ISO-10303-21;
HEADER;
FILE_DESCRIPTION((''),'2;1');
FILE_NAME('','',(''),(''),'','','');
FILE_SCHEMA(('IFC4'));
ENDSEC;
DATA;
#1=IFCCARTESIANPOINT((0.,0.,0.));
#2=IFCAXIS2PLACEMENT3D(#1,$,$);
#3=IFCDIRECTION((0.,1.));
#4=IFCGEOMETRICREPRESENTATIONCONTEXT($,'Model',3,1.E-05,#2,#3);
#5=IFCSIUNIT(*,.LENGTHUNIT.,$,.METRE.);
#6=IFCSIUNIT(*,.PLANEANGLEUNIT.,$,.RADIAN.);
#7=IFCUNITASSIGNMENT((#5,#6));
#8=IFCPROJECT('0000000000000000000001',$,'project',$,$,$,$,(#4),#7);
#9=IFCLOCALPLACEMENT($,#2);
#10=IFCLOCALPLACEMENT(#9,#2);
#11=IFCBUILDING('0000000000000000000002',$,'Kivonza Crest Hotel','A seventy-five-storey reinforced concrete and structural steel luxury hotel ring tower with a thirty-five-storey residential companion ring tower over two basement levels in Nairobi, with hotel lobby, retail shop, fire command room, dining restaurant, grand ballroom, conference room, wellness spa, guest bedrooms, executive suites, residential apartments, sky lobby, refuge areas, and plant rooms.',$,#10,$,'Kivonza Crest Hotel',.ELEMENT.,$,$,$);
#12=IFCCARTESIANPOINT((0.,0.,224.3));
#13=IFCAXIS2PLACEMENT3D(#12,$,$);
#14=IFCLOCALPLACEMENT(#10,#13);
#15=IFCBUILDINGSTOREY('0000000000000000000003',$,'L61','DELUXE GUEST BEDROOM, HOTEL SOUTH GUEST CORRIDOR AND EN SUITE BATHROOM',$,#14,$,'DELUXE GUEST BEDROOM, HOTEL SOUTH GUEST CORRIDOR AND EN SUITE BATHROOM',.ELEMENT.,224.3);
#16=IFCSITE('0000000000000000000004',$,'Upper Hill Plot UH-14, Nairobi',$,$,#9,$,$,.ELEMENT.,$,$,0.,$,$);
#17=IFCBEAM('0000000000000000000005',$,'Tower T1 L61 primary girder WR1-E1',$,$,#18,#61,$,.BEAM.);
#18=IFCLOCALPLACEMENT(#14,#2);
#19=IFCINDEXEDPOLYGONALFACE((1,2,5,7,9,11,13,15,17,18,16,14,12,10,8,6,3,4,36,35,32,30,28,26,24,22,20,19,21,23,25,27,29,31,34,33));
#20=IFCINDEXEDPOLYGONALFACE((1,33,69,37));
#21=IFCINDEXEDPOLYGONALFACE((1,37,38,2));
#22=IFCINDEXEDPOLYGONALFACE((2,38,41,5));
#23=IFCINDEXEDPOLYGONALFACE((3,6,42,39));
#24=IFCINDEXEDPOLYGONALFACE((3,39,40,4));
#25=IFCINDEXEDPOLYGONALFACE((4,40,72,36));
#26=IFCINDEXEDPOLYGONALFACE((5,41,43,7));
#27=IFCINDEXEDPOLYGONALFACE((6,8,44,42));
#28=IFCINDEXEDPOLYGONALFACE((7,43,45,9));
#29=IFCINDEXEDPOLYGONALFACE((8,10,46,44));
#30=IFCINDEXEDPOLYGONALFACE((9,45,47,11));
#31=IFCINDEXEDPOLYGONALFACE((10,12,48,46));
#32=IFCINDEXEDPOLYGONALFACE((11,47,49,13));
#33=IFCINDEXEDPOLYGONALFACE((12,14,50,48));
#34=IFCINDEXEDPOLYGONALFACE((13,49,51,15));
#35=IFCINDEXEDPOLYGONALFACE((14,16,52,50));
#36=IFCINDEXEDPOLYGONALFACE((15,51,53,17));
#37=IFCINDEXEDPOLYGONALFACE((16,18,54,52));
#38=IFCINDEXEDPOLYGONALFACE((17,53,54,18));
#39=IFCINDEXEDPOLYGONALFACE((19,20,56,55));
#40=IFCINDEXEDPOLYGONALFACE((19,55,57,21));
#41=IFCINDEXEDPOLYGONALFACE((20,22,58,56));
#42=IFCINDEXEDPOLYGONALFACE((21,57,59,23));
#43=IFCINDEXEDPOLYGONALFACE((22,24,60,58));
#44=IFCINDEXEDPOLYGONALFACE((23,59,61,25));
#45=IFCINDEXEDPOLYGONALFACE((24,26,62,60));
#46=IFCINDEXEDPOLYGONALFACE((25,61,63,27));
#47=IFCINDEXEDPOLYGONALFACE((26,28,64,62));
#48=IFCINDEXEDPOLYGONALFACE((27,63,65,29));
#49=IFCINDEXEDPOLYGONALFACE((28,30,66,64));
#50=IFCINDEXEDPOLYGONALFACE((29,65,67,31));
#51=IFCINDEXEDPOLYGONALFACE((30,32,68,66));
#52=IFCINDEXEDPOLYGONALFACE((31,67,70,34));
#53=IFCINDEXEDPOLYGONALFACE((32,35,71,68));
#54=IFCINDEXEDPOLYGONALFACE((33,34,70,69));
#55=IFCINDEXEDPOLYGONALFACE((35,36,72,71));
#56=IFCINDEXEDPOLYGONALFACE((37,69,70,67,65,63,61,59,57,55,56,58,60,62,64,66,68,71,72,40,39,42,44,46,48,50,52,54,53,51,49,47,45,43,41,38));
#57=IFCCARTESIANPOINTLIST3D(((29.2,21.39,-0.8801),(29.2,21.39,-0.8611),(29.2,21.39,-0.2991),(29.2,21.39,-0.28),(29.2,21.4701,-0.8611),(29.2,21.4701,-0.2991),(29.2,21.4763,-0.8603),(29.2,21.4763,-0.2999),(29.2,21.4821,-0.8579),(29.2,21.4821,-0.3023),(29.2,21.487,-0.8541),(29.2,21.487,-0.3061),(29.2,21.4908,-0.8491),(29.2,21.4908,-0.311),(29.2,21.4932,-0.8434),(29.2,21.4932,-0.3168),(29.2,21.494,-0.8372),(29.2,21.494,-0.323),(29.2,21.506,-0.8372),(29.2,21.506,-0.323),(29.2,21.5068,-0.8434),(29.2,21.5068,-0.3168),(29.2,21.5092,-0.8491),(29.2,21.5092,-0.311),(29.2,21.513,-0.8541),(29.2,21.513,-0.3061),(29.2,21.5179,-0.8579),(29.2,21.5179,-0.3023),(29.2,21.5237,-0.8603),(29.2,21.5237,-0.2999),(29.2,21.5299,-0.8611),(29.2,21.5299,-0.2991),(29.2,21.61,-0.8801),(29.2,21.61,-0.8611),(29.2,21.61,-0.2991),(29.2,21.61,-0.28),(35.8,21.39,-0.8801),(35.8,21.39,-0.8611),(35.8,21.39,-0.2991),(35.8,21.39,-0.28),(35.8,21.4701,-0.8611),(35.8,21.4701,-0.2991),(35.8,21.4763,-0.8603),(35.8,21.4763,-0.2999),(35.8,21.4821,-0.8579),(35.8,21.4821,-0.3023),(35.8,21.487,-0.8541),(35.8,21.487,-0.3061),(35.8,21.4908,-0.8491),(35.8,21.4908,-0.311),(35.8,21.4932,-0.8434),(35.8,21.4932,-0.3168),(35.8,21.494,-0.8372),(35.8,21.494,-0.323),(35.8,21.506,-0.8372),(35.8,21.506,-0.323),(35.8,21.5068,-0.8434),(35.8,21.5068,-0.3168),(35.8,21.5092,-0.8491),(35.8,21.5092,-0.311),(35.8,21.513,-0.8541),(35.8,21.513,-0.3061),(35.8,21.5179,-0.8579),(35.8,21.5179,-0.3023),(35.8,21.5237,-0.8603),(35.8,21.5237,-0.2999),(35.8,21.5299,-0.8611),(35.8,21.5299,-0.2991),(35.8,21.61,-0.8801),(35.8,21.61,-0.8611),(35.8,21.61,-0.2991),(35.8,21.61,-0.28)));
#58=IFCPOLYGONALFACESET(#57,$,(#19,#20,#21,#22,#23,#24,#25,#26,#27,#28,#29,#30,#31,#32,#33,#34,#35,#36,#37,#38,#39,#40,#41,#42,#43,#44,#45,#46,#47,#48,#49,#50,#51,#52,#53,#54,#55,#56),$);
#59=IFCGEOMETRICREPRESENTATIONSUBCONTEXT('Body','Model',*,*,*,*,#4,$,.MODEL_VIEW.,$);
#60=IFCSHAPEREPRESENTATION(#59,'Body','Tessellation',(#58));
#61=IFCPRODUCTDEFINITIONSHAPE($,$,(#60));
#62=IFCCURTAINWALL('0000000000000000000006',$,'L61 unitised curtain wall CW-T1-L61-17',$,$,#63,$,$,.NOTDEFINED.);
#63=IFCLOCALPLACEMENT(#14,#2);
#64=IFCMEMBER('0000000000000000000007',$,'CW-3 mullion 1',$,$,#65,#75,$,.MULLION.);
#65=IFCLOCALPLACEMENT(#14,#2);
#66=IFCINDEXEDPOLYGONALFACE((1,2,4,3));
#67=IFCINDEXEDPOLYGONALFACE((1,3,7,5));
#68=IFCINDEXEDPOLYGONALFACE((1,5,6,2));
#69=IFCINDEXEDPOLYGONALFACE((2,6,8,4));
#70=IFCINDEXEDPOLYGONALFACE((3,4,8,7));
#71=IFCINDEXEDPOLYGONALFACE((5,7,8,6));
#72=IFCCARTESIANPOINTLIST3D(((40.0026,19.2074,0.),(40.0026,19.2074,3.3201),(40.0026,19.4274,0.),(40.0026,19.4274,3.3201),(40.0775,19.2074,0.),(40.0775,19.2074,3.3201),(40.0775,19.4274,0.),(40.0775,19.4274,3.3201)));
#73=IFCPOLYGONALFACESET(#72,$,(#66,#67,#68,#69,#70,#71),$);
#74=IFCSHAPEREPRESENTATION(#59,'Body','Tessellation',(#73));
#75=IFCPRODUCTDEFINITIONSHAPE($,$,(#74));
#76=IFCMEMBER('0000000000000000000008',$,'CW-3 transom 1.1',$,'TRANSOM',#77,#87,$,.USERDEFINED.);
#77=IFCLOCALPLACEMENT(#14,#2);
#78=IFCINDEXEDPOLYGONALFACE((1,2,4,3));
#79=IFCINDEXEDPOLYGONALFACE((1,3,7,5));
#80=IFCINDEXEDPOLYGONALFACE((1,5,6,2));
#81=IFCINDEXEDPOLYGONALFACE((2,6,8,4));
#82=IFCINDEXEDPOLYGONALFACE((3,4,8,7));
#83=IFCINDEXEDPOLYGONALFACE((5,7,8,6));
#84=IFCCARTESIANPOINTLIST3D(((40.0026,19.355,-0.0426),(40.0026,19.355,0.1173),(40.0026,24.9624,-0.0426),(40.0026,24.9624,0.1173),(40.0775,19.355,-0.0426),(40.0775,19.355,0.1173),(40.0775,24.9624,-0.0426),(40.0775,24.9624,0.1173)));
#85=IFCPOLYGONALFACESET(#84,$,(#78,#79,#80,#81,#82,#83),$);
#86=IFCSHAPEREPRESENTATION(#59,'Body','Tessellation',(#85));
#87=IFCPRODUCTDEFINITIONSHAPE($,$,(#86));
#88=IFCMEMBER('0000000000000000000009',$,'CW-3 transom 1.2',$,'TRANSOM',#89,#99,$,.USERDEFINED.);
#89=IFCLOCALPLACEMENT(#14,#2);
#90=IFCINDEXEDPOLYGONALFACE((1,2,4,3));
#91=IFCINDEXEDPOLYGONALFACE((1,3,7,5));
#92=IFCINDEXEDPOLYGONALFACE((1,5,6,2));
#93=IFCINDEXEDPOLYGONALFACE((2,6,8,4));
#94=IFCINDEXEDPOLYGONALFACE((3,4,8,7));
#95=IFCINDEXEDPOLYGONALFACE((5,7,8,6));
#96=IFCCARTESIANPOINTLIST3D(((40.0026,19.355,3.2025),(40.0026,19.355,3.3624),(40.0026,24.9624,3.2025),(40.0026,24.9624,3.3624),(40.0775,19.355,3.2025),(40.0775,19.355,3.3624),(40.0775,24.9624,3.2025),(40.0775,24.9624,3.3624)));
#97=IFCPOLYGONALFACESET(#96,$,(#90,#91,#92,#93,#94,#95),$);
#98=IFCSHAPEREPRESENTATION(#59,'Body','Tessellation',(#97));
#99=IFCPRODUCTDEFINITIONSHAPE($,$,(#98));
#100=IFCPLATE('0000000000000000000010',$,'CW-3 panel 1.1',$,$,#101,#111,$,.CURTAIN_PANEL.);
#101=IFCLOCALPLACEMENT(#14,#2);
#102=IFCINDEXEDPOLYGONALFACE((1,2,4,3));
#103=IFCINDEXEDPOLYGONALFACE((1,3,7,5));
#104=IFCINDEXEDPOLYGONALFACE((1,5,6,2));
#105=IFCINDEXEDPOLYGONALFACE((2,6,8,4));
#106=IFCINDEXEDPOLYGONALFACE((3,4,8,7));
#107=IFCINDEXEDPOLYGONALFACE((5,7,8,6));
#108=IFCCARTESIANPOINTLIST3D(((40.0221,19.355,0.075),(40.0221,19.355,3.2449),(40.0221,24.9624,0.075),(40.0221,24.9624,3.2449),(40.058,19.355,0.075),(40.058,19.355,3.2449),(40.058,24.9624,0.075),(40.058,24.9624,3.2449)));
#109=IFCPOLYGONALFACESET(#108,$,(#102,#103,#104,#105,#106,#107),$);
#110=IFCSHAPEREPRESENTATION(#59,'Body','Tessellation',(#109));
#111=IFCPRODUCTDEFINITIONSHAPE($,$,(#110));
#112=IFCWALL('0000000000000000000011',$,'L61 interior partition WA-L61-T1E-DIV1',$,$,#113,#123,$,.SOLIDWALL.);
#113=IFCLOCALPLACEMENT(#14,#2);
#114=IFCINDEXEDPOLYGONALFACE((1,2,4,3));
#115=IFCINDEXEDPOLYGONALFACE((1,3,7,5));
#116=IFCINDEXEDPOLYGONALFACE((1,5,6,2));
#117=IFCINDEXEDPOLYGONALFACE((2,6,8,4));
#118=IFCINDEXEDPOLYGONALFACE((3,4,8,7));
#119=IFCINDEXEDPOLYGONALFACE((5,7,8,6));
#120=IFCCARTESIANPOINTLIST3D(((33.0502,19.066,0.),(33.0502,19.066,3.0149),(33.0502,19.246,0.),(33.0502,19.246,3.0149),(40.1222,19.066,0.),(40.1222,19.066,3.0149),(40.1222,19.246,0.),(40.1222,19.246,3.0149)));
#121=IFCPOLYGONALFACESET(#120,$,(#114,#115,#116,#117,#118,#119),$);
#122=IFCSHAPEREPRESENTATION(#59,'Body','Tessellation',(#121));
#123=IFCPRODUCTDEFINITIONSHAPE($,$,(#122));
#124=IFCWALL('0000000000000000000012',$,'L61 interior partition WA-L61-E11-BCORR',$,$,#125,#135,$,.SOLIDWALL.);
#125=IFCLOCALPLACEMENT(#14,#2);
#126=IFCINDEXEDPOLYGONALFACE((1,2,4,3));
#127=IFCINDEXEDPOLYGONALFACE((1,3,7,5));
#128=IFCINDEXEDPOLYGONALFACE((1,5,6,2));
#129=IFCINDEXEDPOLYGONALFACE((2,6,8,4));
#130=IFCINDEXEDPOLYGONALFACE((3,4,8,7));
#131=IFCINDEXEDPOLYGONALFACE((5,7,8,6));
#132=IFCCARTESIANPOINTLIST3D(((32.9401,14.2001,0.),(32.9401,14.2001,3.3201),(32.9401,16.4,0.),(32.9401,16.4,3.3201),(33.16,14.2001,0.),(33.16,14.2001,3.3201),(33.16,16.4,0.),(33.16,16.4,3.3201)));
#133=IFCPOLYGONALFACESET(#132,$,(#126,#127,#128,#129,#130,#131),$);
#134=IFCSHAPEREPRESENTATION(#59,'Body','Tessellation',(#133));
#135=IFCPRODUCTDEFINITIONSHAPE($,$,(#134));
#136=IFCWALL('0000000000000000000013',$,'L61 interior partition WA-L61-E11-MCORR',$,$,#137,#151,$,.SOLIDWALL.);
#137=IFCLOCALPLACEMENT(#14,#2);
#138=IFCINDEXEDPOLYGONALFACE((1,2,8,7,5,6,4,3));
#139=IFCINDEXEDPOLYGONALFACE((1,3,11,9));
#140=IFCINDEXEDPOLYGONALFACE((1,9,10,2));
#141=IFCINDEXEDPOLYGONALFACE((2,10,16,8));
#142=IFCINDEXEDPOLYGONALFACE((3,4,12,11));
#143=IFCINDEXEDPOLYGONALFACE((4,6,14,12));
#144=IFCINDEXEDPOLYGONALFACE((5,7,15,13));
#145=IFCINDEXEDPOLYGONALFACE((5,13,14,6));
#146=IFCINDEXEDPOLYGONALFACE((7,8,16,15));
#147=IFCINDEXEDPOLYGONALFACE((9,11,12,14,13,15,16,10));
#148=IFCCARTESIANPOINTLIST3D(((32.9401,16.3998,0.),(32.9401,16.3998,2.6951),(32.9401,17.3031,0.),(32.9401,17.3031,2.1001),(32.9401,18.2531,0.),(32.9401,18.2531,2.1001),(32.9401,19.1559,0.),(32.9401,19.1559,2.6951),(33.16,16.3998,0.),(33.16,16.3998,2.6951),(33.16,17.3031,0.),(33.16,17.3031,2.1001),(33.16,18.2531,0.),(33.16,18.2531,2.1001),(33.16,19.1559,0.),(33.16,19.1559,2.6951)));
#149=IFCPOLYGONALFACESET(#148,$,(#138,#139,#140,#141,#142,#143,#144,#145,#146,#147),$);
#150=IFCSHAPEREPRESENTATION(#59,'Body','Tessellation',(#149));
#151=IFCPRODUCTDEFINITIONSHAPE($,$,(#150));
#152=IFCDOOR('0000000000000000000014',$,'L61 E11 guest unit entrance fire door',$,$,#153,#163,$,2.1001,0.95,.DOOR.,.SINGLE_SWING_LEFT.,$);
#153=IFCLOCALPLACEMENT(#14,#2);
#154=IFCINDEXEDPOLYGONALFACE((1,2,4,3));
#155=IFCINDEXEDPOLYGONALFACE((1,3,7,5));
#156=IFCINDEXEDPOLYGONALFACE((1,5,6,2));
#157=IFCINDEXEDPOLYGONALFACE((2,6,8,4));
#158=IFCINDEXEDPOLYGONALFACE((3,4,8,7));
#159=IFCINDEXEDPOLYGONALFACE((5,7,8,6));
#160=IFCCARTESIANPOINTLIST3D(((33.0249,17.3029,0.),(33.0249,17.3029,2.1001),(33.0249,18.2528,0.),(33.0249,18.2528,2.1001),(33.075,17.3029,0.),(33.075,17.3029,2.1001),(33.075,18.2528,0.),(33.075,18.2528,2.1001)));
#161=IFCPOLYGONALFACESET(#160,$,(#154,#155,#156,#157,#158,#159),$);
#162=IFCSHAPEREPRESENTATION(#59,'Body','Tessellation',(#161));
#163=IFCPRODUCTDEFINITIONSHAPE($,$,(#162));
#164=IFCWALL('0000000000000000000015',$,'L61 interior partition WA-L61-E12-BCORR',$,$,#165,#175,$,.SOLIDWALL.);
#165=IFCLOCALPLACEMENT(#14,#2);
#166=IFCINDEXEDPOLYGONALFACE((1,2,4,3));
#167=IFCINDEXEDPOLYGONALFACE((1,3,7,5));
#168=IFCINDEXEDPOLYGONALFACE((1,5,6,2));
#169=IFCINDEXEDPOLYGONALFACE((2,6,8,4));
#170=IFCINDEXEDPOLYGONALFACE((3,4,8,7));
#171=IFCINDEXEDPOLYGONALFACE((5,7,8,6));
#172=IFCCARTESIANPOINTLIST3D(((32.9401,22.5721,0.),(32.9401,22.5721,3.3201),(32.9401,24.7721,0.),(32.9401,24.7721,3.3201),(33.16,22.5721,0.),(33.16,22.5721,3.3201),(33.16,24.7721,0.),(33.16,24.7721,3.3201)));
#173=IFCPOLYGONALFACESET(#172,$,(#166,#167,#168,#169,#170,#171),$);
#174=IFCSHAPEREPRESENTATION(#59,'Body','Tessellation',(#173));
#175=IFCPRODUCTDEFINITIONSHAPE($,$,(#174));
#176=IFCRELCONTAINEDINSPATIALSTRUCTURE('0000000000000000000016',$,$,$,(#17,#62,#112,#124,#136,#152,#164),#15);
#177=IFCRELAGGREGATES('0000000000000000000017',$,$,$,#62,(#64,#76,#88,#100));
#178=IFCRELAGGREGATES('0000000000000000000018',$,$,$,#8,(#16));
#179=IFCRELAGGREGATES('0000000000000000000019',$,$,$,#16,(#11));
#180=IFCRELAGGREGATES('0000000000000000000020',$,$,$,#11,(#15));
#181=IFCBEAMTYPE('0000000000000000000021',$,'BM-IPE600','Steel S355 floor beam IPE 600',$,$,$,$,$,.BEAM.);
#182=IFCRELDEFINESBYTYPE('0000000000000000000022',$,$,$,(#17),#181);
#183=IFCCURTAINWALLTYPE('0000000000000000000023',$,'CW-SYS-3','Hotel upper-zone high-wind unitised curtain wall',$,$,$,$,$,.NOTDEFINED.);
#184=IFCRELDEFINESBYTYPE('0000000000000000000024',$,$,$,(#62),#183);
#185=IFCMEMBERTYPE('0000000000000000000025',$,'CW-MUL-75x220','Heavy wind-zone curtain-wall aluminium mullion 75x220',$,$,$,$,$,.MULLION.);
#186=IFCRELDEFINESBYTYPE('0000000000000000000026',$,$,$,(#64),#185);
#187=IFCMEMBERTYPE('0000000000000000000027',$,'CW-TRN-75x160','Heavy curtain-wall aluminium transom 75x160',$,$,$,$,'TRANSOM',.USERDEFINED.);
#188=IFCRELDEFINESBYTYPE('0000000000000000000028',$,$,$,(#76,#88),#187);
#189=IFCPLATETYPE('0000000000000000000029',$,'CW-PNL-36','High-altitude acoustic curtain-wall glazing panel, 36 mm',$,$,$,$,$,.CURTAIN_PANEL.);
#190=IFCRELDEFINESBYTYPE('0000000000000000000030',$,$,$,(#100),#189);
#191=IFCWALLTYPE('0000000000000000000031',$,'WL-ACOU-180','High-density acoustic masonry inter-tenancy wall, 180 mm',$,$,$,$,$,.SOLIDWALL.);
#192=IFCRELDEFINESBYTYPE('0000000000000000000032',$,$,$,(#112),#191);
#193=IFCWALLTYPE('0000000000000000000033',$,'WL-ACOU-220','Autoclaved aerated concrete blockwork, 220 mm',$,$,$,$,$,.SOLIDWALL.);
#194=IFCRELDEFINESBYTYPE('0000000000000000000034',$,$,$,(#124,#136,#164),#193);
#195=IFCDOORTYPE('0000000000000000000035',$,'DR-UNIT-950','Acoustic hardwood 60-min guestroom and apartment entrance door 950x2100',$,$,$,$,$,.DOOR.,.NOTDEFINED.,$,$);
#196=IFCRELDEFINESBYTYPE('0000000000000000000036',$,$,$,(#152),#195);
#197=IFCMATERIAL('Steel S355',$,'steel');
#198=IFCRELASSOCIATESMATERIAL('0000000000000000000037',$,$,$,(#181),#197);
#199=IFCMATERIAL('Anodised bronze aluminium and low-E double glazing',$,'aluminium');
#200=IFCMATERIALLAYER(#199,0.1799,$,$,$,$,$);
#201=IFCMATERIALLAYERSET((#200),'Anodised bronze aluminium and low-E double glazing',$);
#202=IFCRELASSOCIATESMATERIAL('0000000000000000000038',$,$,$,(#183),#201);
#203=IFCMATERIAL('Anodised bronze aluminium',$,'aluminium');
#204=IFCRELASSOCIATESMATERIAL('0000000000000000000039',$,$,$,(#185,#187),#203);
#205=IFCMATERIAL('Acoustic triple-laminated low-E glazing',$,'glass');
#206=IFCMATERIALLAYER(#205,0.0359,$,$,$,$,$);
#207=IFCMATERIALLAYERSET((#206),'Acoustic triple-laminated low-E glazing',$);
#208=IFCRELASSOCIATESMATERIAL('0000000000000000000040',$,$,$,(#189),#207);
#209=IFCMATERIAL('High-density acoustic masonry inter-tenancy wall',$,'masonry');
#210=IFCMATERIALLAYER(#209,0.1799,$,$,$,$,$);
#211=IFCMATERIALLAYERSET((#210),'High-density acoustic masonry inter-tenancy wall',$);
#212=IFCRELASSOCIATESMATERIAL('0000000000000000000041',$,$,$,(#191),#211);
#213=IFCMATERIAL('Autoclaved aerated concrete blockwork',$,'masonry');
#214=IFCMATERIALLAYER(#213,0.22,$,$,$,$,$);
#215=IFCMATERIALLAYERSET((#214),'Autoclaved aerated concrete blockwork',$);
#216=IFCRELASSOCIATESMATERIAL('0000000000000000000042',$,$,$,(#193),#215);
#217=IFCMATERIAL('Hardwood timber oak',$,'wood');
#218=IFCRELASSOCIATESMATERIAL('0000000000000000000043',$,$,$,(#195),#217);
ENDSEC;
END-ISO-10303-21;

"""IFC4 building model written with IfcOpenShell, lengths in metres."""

from ifc_helpers import new_model, si_unit, direction, frame, frame_2d, origin, origin_2d, place, context, subcontext, project, spatial, rectangle, i_section, extrude, material, layer, layer_set, material_profile, profile_set, type_object, element, fill, aggregate, save


model = new_model("IFC4")

# Units and contexts
model_context = context("Model", 3, precision=1e-05, world=origin(), true_north=direction((0.0, 1.0)))
body_context = subcontext(model_context, "Body", "Model", "MODEL_VIEW")
ifc_project = project(units=[si_unit("LENGTHUNIT", "METRE"), si_unit("PLANEANGLEUNIT", "RADIAN")], contexts=[model_context])

# Site, building, storey
site_placement = place(None, origin())
site = spatial("IfcSite", under=ifc_project, at=site_placement, Name="Upper Hill Plot UH-14, Nairobi", CompositionType="ELEMENT", RefElevation=0.0)
building_placement = place(site_placement, origin())
building = spatial("IfcBuilding", under=site, at=building_placement, Name="Kivonza Crest Hotel", Description="A seventy-five-storey reinforced concrete and structural steel luxury hotel ring tower with a thirty-five-storey residential companion ring tower over two basement levels in Nairobi, with hotel lobby, retail shop, fire command room, dining restaurant, grand ballroom, conference room, wellness spa, guest bedrooms, executive suites, residential apartments, sky lobby, refuge areas, and plant rooms.", LongName="Kivonza Crest Hotel", CompositionType="ELEMENT")
storey_placement = place(building_placement, frame((0.0, 0.0, 224.3)))
storey = spatial("IfcBuildingStorey", under=building, at=storey_placement, Name="L61", Description="DELUXE GUEST BEDROOM, HOTEL SOUTH GUEST CORRIDOR AND EN SUITE BATHROOM", LongName="DELUXE GUEST BEDROOM, HOTEL SOUTH GUEST CORRIDOR AND EN SUITE BATHROOM", CompositionType="ELEMENT", Elevation=224.3)

# Beam
ifc_material_1 = material(Name="Steel S355", Category="steel")
ifc_material_profile_1 = material_profile(ifc_material_1, i_section(OverallWidth=0.22, OverallDepth=0.6001, WebThickness=0.012, FlangeThickness=0.019, FilletRadius=0.0239, at=origin_2d()), Name="IPE 600")
ifc_profile_set_1 = profile_set([ifc_material_profile_1], Name="Steel S355")
beam_type_1 = type_object("IfcBeamType", Name="BM-IPE600", Description="Steel S355 floor beam IPE 600", PredefinedType="BEAM", material=ifc_profile_set_1)
beam_1_placement = place(storey_placement, frame((29.2, 21.5, -0.5801), z_axis=(1.0, 0.0, 0.0), x_axis=(0.0, 1.0, 0.0)))
element("IfcBeam", 1, at=beam_1_placement, inside=storey, type_object=beam_type_1, Name="Tower T1 L61 primary girder WR1-E1", PredefinedType="BEAM", context=body_context, shape_type="SweptSolid", body=[
    extrude(i_section(OverallWidth=0.22, OverallDepth=0.6001, WebThickness=0.012, FlangeThickness=0.019, FilletRadius=0.0239, at=origin_2d()), origin(), (0.0, 0.0, 1.0), 6.6001),
])

# Curtain wall, members, plate
ifc_material_2 = material(Name="Anodised bronze aluminium and low-E double glazing", Category="aluminium")
ifc_layer_1 = layer(ifc_material_2, 0.1799)
ifc_layer_set_1 = layer_set([ifc_layer_1], Name="Anodised bronze aluminium and low-E double glazing")
curtain_wall_type = type_object("IfcCurtainWallType", Name="CW-SYS-3", Description="Hotel upper-zone high-wind unitised curtain wall", PredefinedType="NOTDEFINED", material=ifc_layer_set_1)
curtain_wall_placement = place(storey_placement, origin())
curtain_wall = element("IfcCurtainWall", 2, at=curtain_wall_placement, inside=storey, type_object=curtain_wall_type, Name="L61 unitised curtain wall CW-T1-L61-17", PredefinedType="NOTDEFINED")
ifc_material_3 = material(Name="Anodised bronze aluminium", Category="aluminium")
ifc_material_profile_2 = material_profile(ifc_material_3, rectangle(XDim=0.075, YDim=0.22, at=origin_2d()), Name="CW-M 75x220")
ifc_profile_set_2 = profile_set([ifc_material_profile_2], Name="Anodised bronze aluminium")
member_type_1 = type_object("IfcMemberType", Name="CW-MUL-75x220", Description="Heavy wind-zone curtain-wall aluminium mullion 75x220", PredefinedType="MULLION", material=ifc_profile_set_2)
member_1_placement = place(storey_placement, frame((40.04, 19.3174, 0.0), z_axis=(0.0, 0.0, 1.0), x_axis=(-1.0, 0.0, 0.0)))
member_1 = element("IfcMember", 3, at=member_1_placement, type_object=member_type_1, Name="CW-3 mullion 1", PredefinedType="MULLION", context=body_context, shape_type="SweptSolid", body=[
    extrude(rectangle(XDim=0.075, YDim=0.22, at=origin_2d()), origin(), (0.0, 0.0, 1.0), 3.3201),
])
ifc_material_profile_3 = material_profile(ifc_material_3, rectangle(XDim=0.075, YDim=0.1599, at=origin_2d()), Name="CW-T 75x160")
ifc_profile_set_3 = profile_set([ifc_material_profile_3], Name="Anodised bronze aluminium")
member_type_2 = type_object("IfcMemberType", Name="CW-TRN-75x160", Description="Heavy curtain-wall aluminium transom 75x160", ElementType="TRANSOM", PredefinedType="USERDEFINED", material=ifc_profile_set_3)
member_2_placement = place(storey_placement, frame((40.04, 19.355, 0.0374), z_axis=(0.0, 1.0, 0.0), x_axis=(-1.0, 0.0, 0.0)))
member_2 = element("IfcMember", 4, at=member_2_placement, type_object=member_type_2, Name="CW-3 transom 1.1", ObjectType="TRANSOM", PredefinedType="USERDEFINED", context=body_context, shape_type="SweptSolid", body=[
    extrude(rectangle(XDim=0.075, YDim=0.1599, at=origin_2d()), origin(), (0.0, 0.0, 1.0), 5.6074),
])
member_3_placement = place(storey_placement, frame((40.04, 19.355, 3.2825), z_axis=(0.0, 1.0, 0.0), x_axis=(-1.0, 0.0, 0.0)))
member_3 = element("IfcMember", 5, at=member_3_placement, type_object=member_type_2, Name="CW-3 transom 1.2", ObjectType="TRANSOM", PredefinedType="USERDEFINED", context=body_context, shape_type="SweptSolid", body=[
    extrude(rectangle(XDim=0.075, YDim=0.1599, at=origin_2d()), origin(), (0.0, 0.0, 1.0), 5.6074),
])
ifc_material_4 = material(Name="Acoustic triple-laminated low-E glazing", Category="glass")
ifc_layer_2 = layer(ifc_material_4, 0.0359)
ifc_layer_set_2 = layer_set([ifc_layer_2], Name="Acoustic triple-laminated low-E glazing")
plate_type = type_object("IfcPlateType", Name="CW-PNL-36", Description="High-altitude acoustic curtain-wall glazing panel, 36 mm", PredefinedType="CURTAIN_PANEL", material=ifc_layer_set_2)
plate_placement = place(storey_placement, frame((40.04, 22.1587, 0.075), z_axis=(0.0, 0.0, 1.0), x_axis=(0.0, 1.0, 0.0)))
plate = element("IfcPlate", 6, at=plate_placement, type_object=plate_type, Name="CW-3 panel 1.1", PredefinedType="CURTAIN_PANEL", context=body_context, shape_type="SweptSolid", body=[
    extrude(rectangle(XDim=5.6074, YDim=0.0359, at=origin_2d()), origin(), (0.0, 0.0, 1.0), 3.1699),
])
aggregate(curtain_wall, [member_1, member_2, member_3, plate])

# Walls
ifc_material_5 = material(Name="High-density acoustic masonry inter-tenancy wall", Category="masonry")
ifc_layer_3 = layer(ifc_material_5, 0.1799)
ifc_layer_set_3 = layer_set([ifc_layer_3], Name="High-density acoustic masonry inter-tenancy wall")
wall_type_1 = type_object("IfcWallType", Name="WL-ACOU-180", Description="High-density acoustic masonry inter-tenancy wall, 180 mm", PredefinedType="SOLIDWALL", material=ifc_layer_set_3)
wall_1_placement = place(storey_placement, frame((33.05, 19.156, 0.0), z_axis=(0.0, 0.0, 1.0), x_axis=(1.0, 0.0, 0.0)))
element("IfcWall", 7, at=wall_1_placement, inside=storey, type_object=wall_type_1, Name="L61 interior partition WA-L61-T1E-DIV1", PredefinedType="SOLIDWALL", context=body_context, shape_type="SweptSolid", body=[
    extrude(rectangle(XDim=7.072, YDim=0.1799, at=frame_2d((3.5361, 0.0))), origin(), (0.0, 0.0, 1.0), 3.0149),
])
ifc_material_6 = material(Name="Autoclaved aerated concrete blockwork", Category="masonry")
ifc_layer_4 = layer(ifc_material_6, 0.22)
ifc_layer_set_4 = layer_set([ifc_layer_4], Name="Autoclaved aerated concrete blockwork")
wall_type_2 = type_object("IfcWallType", Name="WL-ACOU-220", Description="Autoclaved aerated concrete blockwork, 220 mm", PredefinedType="SOLIDWALL", material=ifc_layer_set_4)
wall_2_placement = place(storey_placement, frame((33.05, 14.2, 0.0), z_axis=(0.0, 0.0, 1.0), x_axis=(0.0, 1.0, 0.0)))
element("IfcWall", 8, at=wall_2_placement, inside=storey, type_object=wall_type_2, Name="L61 interior partition WA-L61-E11-BCORR", PredefinedType="SOLIDWALL", context=body_context, shape_type="SweptSolid", body=[
    extrude(rectangle(XDim=2.2, YDim=0.22, at=frame_2d((1.1001, 0.0))), origin(), (0.0, 0.0, 1.0), 3.3201),
])

# Wall, opening, door
wall_3_placement = place(storey_placement, frame((33.05, 16.3999, 0.0), z_axis=(0.0, 0.0, 1.0), x_axis=(0.0, 1.0, 0.0)))
wall_3 = element("IfcWall", 9, at=wall_3_placement, inside=storey, type_object=wall_type_2, Name="L61 interior partition WA-L61-E11-MCORR", PredefinedType="SOLIDWALL", context=body_context, shape_type="SweptSolid", body=[
    extrude(rectangle(XDim=2.7561, YDim=0.22, at=frame_2d((1.3779, 0.0))), origin(), (0.0, 0.0, 1.0), 2.6951),
])
opening_1_placement = place(wall_3_placement, frame((0.9031, 0.0, 0.0)))
opening_1 = element("IfcOpeningElement", 10, at=opening_1_placement, cuts=wall_3, PredefinedType="OPENING", context=body_context, shape_type="SweptSolid", body=[
    extrude(rectangle(XDim=0.95, YDim=2.1001, at=frame_2d((0.4751, 1.05))), frame((0.0, 0.1201, 0.0), z_axis=(0.0, -1.0, 0.0), x_axis=(1.0, 0.0, 0.0)), (0.0, 0.0, 1.0), 0.24),
])
ifc_material_7 = material(Name="Hardwood timber oak", Category="wood")
door_type_1 = type_object("IfcDoorType", Name="DR-UNIT-950", Description="Acoustic hardwood 60-min guestroom and apartment entrance door 950x2100", OperationType="NOTDEFINED", PredefinedType="DOOR", material=ifc_material_7)
door_1_placement = place(opening_1_placement, frame((0.95, 0.0, 0.0), z_axis=(0.0, 0.0, 1.0), x_axis=(-1.0, 0.0, 0.0)))
door_1 = element("IfcDoor", 11, at=door_1_placement, inside=storey, type_object=door_type_1, Name="L61 E11 guest unit entrance fire door", OperationType="SINGLE_SWING_LEFT", OverallHeight=2.1001, OverallWidth=0.95, PredefinedType="DOOR", context=body_context, shape_type="SweptSolid", body=[
    extrude(rectangle(XDim=0.95, YDim=2.1001, at=frame_2d((0.4751, 1.05))), frame((0.0, 0.0249, 0.0), z_axis=(0.0, -1.0, 0.0), x_axis=(1.0, 0.0, 0.0)), (0.0, 0.0, 1.0), 0.05),
])
fill(opening_1, door_1)

# Wall
wall_4_placement = place(storey_placement, frame((33.05, 22.572, 0.0), z_axis=(0.0, 0.0, 1.0), x_axis=(0.0, 1.0, 0.0)))
element("IfcWall", 12, at=wall_4_placement, inside=storey, type_object=wall_type_2, Name="L61 interior partition WA-L61-E12-BCORR", PredefinedType="SOLIDWALL", context=body_context, shape_type="SweptSolid", body=[
    extrude(rectangle(XDim=2.2, YDim=0.22, at=frame_2d((1.1001, 0.0))), origin(), (0.0, 0.0, 1.0), 3.3201),
])

save(model, "model.ifc")
